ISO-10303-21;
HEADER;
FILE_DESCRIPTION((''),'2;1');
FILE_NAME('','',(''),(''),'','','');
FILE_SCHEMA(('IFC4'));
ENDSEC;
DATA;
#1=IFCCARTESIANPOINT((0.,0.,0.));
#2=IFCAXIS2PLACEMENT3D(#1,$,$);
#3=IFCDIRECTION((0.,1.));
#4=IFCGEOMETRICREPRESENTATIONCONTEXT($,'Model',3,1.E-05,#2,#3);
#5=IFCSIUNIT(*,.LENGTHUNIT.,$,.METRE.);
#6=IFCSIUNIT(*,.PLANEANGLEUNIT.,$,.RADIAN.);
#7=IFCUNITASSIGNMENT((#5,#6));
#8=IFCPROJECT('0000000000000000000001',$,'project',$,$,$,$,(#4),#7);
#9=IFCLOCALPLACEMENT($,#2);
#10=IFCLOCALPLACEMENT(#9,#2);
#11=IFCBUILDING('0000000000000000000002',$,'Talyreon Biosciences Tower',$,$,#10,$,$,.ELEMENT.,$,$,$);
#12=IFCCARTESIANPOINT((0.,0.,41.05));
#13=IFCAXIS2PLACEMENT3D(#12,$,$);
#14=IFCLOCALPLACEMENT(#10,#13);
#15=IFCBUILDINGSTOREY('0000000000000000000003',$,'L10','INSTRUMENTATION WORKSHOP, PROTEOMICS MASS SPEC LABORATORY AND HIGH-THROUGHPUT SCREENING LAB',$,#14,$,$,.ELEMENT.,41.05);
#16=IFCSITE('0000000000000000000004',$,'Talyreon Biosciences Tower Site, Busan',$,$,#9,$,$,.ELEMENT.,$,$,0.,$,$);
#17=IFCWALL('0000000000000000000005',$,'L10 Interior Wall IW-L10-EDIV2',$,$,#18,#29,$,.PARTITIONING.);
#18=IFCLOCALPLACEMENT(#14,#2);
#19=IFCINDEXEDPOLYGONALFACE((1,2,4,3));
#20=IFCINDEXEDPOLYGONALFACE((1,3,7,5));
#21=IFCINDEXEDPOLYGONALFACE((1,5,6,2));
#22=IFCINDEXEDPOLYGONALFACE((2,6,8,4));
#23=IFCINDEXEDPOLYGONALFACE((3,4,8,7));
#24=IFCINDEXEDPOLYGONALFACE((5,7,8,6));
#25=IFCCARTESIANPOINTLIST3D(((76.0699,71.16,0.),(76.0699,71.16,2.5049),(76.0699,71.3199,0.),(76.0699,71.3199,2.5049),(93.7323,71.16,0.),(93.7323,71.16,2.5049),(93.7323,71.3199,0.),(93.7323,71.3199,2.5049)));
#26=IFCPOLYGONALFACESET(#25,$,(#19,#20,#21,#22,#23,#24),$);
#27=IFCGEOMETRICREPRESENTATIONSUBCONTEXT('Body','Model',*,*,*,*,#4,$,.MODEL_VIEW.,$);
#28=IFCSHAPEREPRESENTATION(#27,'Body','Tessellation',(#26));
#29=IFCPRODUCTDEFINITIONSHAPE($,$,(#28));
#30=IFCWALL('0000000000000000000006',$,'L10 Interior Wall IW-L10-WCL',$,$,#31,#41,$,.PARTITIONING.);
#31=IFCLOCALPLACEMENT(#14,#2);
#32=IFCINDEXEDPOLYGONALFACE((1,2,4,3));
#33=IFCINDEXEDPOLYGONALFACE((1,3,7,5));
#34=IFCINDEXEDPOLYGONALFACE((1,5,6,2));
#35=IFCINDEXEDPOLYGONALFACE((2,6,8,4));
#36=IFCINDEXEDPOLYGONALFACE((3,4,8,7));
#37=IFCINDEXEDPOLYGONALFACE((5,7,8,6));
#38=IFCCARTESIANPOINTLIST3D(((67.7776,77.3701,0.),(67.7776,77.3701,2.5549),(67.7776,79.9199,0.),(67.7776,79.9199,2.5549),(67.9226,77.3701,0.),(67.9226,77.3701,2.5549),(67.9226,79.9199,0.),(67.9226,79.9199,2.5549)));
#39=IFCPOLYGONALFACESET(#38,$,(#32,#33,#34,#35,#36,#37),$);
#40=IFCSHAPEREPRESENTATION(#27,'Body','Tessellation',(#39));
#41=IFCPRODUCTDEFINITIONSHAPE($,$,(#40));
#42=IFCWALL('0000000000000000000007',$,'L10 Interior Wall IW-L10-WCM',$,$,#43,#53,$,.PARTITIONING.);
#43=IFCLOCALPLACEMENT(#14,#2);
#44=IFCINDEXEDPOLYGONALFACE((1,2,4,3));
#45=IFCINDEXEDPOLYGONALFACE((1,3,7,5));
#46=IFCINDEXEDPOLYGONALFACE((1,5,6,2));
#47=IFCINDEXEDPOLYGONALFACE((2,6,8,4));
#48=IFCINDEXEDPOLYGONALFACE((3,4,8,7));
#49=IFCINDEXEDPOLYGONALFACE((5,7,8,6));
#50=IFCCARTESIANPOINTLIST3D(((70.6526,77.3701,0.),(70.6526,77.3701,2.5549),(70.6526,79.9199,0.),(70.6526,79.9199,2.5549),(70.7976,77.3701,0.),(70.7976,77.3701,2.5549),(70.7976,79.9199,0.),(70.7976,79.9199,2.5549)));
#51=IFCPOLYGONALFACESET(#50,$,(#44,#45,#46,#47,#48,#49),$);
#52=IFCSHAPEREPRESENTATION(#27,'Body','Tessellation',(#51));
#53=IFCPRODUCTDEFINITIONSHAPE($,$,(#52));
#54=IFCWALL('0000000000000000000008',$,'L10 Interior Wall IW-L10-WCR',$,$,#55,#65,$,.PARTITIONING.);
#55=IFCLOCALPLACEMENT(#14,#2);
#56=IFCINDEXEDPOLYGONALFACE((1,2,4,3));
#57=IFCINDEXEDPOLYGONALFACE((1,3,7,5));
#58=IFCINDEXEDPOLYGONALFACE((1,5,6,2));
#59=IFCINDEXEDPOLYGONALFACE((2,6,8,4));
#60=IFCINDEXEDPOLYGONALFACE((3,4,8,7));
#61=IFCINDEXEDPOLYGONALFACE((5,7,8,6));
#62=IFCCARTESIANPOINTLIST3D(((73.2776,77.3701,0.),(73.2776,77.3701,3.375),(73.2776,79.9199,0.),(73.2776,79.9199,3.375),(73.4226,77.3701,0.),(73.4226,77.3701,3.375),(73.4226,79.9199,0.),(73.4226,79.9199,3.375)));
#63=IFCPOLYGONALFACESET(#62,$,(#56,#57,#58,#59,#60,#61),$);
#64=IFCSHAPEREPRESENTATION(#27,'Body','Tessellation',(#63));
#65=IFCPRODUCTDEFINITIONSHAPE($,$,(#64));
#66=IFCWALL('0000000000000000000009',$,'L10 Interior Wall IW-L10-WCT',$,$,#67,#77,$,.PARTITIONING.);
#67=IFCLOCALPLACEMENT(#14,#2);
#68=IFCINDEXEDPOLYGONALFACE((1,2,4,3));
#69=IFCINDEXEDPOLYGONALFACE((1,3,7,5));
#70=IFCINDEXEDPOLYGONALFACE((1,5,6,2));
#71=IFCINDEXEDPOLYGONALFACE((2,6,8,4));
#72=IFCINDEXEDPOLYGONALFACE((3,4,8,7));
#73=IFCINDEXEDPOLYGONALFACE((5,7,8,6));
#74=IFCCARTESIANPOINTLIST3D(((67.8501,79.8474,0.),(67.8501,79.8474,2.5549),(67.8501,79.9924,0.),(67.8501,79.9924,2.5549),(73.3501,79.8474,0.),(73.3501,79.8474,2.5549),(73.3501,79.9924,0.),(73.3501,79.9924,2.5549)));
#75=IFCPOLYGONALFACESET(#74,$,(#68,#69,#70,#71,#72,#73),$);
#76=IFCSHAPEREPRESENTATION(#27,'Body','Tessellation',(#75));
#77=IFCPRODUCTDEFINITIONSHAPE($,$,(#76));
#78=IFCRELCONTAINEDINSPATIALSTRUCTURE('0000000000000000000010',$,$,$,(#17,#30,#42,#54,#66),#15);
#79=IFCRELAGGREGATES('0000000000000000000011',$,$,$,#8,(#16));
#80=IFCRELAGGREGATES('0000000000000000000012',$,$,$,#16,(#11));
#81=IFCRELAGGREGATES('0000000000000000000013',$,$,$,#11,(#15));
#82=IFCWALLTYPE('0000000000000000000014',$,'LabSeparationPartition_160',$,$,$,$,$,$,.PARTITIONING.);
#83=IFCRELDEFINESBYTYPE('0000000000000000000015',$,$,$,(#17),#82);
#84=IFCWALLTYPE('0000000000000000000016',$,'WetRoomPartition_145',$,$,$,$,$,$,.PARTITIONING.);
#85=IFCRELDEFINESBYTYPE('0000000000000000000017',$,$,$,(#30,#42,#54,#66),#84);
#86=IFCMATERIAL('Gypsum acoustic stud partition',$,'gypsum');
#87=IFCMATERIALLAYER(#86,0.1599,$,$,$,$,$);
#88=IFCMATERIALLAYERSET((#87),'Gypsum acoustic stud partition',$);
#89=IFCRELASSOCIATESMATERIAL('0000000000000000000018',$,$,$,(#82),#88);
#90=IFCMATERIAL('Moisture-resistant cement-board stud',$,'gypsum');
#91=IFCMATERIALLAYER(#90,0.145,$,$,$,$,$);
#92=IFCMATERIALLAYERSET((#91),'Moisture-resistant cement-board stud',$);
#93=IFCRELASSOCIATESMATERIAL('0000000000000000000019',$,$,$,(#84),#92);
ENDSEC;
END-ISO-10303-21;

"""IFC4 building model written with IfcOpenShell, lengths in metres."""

from ifc_helpers import new_model, si_unit, direction, frame, frame_2d, origin, place, context, subcontext, project, spatial, rectangle, extrude, material, layer, layer_set, type_object, element, save


model = new_model("IFC4")

# Units and contexts
model_context = context("Model", 3, precision=1e-05, world=origin(), true_north=direction((0.0, 1.0)))
body_context = subcontext(model_context, "Body", "Model", "MODEL_VIEW")
ifc_project = project(units=[si_unit("LENGTHUNIT", "METRE"), si_unit("PLANEANGLEUNIT", "RADIAN")], contexts=[model_context])

# Site, building, storey
site_placement = place(None, origin())
site = spatial("IfcSite", under=ifc_project, at=site_placement, Name="Talyreon Biosciences Tower Site, Busan", CompositionType="ELEMENT", RefElevation=0.0)
building_placement = place(site_placement, origin())
building = spatial("IfcBuilding", under=site, at=building_placement, Name="Talyreon Biosciences Tower", CompositionType="ELEMENT")
storey_placement = place(building_placement, frame((0.0, 0.0, 41.05)))
storey = spatial("IfcBuildingStorey", under=building, at=storey_placement, Name="L10", Description="INSTRUMENTATION WORKSHOP, PROTEOMICS MASS SPEC LABORATORY AND HIGH-THROUGHPUT SCREENING LAB", CompositionType="ELEMENT", Elevation=41.05)

# Shared definitions
ifc_material_1 = material(Name="Gypsum acoustic stud partition", Category="gypsum")
ifc_layer_1 = layer(ifc_material_1, 0.1599)
ifc_layer_set_1 = layer_set([ifc_layer_1], Name="Gypsum acoustic stud partition")
wall_type_1 = type_object("IfcWallType", Name="LabSeparationPartition_160", PredefinedType="PARTITIONING", material=ifc_layer_set_1)

# Walls
wall_1_placement = place(storey_placement, frame((76.0701, 71.24, 0.0), z_axis=(0.0, 0.0, 1.0), x_axis=(1.0, 0.0, 0.0)))
element("IfcWall", 1, at=wall_1_placement, inside=storey, type_object=wall_type_1, Name="L10 Interior Wall IW-L10-EDIV2", PredefinedType="PARTITIONING", context=body_context, shape_type="SweptSolid", body=[
    extrude(rectangle(XDim=17.6624, YDim=0.1599, at=frame_2d((8.8311, 0.0))), origin(), (0.0, 0.0, 1.0), 2.5049),
])
ifc_material_2 = material(Name="Moisture-resistant cement-board stud", Category="gypsum")
ifc_layer_2 = layer(ifc_material_2, 0.145)
ifc_layer_set_2 = layer_set([ifc_layer_2], Name="Moisture-resistant cement-board stud")
wall_type_2 = type_object("IfcWallType", Name="WetRoomPartition_145", PredefinedType="PARTITIONING", material=ifc_layer_set_2)
for number, where, z_axis, x_axis, name in (
    (2, (67.8501, 77.3701, 0.0), (0.0, 0.0, 1.0), (0.0, 1.0, 0.0), "L10 Interior Wall IW-L10-WCL"),
    (3, (70.7251, 77.3701, 0.0), (0.0, 0.0, 1.0), (0.0, 1.0, 0.0), "L10 Interior Wall IW-L10-WCM"),
):
    element("IfcWall", number, at=place(storey_placement, frame(where, z_axis=z_axis, x_axis=x_axis)), inside=storey, type_object=wall_type_2, Name=name, PredefinedType="PARTITIONING", context=body_context, shape_type="SweptSolid", body=[
        extrude(rectangle(XDim=2.5498, YDim=0.145, at=frame_2d((1.2749, 0.0))), origin(), (0.0, 0.0, 1.0), 2.5549),
    ])
wall_2_placement = place(storey_placement, frame((73.3501, 77.3701, 0.0), z_axis=(0.0, 0.0, 1.0), x_axis=(0.0, 1.0, 0.0)))
element("IfcWall", 4, at=wall_2_placement, inside=storey, type_object=wall_type_2, Name="L10 Interior Wall IW-L10-WCR", PredefinedType="PARTITIONING", context=body_context, shape_type="SweptSolid", body=[
    extrude(rectangle(XDim=2.5498, YDim=0.145, at=frame_2d((1.2749, 0.0))), origin(), (0.0, 0.0, 1.0), 3.375),
])
wall_3_placement = place(storey_placement, frame((67.8501, 79.9199, 0.0), z_axis=(0.0, 0.0, 1.0), x_axis=(1.0, 0.0, 0.0)))
element("IfcWall", 5, at=wall_3_placement, inside=storey, type_object=wall_type_2, Name="L10 Interior Wall IW-L10-WCT", PredefinedType="PARTITIONING", context=body_context, shape_type="SweptSolid", body=[
    extrude(rectangle(XDim=5.5, YDim=0.145, at=frame_2d((2.75, 0.0))), origin(), (0.0, 0.0, 1.0), 2.5549),
])

save(model, "model.ifc")
